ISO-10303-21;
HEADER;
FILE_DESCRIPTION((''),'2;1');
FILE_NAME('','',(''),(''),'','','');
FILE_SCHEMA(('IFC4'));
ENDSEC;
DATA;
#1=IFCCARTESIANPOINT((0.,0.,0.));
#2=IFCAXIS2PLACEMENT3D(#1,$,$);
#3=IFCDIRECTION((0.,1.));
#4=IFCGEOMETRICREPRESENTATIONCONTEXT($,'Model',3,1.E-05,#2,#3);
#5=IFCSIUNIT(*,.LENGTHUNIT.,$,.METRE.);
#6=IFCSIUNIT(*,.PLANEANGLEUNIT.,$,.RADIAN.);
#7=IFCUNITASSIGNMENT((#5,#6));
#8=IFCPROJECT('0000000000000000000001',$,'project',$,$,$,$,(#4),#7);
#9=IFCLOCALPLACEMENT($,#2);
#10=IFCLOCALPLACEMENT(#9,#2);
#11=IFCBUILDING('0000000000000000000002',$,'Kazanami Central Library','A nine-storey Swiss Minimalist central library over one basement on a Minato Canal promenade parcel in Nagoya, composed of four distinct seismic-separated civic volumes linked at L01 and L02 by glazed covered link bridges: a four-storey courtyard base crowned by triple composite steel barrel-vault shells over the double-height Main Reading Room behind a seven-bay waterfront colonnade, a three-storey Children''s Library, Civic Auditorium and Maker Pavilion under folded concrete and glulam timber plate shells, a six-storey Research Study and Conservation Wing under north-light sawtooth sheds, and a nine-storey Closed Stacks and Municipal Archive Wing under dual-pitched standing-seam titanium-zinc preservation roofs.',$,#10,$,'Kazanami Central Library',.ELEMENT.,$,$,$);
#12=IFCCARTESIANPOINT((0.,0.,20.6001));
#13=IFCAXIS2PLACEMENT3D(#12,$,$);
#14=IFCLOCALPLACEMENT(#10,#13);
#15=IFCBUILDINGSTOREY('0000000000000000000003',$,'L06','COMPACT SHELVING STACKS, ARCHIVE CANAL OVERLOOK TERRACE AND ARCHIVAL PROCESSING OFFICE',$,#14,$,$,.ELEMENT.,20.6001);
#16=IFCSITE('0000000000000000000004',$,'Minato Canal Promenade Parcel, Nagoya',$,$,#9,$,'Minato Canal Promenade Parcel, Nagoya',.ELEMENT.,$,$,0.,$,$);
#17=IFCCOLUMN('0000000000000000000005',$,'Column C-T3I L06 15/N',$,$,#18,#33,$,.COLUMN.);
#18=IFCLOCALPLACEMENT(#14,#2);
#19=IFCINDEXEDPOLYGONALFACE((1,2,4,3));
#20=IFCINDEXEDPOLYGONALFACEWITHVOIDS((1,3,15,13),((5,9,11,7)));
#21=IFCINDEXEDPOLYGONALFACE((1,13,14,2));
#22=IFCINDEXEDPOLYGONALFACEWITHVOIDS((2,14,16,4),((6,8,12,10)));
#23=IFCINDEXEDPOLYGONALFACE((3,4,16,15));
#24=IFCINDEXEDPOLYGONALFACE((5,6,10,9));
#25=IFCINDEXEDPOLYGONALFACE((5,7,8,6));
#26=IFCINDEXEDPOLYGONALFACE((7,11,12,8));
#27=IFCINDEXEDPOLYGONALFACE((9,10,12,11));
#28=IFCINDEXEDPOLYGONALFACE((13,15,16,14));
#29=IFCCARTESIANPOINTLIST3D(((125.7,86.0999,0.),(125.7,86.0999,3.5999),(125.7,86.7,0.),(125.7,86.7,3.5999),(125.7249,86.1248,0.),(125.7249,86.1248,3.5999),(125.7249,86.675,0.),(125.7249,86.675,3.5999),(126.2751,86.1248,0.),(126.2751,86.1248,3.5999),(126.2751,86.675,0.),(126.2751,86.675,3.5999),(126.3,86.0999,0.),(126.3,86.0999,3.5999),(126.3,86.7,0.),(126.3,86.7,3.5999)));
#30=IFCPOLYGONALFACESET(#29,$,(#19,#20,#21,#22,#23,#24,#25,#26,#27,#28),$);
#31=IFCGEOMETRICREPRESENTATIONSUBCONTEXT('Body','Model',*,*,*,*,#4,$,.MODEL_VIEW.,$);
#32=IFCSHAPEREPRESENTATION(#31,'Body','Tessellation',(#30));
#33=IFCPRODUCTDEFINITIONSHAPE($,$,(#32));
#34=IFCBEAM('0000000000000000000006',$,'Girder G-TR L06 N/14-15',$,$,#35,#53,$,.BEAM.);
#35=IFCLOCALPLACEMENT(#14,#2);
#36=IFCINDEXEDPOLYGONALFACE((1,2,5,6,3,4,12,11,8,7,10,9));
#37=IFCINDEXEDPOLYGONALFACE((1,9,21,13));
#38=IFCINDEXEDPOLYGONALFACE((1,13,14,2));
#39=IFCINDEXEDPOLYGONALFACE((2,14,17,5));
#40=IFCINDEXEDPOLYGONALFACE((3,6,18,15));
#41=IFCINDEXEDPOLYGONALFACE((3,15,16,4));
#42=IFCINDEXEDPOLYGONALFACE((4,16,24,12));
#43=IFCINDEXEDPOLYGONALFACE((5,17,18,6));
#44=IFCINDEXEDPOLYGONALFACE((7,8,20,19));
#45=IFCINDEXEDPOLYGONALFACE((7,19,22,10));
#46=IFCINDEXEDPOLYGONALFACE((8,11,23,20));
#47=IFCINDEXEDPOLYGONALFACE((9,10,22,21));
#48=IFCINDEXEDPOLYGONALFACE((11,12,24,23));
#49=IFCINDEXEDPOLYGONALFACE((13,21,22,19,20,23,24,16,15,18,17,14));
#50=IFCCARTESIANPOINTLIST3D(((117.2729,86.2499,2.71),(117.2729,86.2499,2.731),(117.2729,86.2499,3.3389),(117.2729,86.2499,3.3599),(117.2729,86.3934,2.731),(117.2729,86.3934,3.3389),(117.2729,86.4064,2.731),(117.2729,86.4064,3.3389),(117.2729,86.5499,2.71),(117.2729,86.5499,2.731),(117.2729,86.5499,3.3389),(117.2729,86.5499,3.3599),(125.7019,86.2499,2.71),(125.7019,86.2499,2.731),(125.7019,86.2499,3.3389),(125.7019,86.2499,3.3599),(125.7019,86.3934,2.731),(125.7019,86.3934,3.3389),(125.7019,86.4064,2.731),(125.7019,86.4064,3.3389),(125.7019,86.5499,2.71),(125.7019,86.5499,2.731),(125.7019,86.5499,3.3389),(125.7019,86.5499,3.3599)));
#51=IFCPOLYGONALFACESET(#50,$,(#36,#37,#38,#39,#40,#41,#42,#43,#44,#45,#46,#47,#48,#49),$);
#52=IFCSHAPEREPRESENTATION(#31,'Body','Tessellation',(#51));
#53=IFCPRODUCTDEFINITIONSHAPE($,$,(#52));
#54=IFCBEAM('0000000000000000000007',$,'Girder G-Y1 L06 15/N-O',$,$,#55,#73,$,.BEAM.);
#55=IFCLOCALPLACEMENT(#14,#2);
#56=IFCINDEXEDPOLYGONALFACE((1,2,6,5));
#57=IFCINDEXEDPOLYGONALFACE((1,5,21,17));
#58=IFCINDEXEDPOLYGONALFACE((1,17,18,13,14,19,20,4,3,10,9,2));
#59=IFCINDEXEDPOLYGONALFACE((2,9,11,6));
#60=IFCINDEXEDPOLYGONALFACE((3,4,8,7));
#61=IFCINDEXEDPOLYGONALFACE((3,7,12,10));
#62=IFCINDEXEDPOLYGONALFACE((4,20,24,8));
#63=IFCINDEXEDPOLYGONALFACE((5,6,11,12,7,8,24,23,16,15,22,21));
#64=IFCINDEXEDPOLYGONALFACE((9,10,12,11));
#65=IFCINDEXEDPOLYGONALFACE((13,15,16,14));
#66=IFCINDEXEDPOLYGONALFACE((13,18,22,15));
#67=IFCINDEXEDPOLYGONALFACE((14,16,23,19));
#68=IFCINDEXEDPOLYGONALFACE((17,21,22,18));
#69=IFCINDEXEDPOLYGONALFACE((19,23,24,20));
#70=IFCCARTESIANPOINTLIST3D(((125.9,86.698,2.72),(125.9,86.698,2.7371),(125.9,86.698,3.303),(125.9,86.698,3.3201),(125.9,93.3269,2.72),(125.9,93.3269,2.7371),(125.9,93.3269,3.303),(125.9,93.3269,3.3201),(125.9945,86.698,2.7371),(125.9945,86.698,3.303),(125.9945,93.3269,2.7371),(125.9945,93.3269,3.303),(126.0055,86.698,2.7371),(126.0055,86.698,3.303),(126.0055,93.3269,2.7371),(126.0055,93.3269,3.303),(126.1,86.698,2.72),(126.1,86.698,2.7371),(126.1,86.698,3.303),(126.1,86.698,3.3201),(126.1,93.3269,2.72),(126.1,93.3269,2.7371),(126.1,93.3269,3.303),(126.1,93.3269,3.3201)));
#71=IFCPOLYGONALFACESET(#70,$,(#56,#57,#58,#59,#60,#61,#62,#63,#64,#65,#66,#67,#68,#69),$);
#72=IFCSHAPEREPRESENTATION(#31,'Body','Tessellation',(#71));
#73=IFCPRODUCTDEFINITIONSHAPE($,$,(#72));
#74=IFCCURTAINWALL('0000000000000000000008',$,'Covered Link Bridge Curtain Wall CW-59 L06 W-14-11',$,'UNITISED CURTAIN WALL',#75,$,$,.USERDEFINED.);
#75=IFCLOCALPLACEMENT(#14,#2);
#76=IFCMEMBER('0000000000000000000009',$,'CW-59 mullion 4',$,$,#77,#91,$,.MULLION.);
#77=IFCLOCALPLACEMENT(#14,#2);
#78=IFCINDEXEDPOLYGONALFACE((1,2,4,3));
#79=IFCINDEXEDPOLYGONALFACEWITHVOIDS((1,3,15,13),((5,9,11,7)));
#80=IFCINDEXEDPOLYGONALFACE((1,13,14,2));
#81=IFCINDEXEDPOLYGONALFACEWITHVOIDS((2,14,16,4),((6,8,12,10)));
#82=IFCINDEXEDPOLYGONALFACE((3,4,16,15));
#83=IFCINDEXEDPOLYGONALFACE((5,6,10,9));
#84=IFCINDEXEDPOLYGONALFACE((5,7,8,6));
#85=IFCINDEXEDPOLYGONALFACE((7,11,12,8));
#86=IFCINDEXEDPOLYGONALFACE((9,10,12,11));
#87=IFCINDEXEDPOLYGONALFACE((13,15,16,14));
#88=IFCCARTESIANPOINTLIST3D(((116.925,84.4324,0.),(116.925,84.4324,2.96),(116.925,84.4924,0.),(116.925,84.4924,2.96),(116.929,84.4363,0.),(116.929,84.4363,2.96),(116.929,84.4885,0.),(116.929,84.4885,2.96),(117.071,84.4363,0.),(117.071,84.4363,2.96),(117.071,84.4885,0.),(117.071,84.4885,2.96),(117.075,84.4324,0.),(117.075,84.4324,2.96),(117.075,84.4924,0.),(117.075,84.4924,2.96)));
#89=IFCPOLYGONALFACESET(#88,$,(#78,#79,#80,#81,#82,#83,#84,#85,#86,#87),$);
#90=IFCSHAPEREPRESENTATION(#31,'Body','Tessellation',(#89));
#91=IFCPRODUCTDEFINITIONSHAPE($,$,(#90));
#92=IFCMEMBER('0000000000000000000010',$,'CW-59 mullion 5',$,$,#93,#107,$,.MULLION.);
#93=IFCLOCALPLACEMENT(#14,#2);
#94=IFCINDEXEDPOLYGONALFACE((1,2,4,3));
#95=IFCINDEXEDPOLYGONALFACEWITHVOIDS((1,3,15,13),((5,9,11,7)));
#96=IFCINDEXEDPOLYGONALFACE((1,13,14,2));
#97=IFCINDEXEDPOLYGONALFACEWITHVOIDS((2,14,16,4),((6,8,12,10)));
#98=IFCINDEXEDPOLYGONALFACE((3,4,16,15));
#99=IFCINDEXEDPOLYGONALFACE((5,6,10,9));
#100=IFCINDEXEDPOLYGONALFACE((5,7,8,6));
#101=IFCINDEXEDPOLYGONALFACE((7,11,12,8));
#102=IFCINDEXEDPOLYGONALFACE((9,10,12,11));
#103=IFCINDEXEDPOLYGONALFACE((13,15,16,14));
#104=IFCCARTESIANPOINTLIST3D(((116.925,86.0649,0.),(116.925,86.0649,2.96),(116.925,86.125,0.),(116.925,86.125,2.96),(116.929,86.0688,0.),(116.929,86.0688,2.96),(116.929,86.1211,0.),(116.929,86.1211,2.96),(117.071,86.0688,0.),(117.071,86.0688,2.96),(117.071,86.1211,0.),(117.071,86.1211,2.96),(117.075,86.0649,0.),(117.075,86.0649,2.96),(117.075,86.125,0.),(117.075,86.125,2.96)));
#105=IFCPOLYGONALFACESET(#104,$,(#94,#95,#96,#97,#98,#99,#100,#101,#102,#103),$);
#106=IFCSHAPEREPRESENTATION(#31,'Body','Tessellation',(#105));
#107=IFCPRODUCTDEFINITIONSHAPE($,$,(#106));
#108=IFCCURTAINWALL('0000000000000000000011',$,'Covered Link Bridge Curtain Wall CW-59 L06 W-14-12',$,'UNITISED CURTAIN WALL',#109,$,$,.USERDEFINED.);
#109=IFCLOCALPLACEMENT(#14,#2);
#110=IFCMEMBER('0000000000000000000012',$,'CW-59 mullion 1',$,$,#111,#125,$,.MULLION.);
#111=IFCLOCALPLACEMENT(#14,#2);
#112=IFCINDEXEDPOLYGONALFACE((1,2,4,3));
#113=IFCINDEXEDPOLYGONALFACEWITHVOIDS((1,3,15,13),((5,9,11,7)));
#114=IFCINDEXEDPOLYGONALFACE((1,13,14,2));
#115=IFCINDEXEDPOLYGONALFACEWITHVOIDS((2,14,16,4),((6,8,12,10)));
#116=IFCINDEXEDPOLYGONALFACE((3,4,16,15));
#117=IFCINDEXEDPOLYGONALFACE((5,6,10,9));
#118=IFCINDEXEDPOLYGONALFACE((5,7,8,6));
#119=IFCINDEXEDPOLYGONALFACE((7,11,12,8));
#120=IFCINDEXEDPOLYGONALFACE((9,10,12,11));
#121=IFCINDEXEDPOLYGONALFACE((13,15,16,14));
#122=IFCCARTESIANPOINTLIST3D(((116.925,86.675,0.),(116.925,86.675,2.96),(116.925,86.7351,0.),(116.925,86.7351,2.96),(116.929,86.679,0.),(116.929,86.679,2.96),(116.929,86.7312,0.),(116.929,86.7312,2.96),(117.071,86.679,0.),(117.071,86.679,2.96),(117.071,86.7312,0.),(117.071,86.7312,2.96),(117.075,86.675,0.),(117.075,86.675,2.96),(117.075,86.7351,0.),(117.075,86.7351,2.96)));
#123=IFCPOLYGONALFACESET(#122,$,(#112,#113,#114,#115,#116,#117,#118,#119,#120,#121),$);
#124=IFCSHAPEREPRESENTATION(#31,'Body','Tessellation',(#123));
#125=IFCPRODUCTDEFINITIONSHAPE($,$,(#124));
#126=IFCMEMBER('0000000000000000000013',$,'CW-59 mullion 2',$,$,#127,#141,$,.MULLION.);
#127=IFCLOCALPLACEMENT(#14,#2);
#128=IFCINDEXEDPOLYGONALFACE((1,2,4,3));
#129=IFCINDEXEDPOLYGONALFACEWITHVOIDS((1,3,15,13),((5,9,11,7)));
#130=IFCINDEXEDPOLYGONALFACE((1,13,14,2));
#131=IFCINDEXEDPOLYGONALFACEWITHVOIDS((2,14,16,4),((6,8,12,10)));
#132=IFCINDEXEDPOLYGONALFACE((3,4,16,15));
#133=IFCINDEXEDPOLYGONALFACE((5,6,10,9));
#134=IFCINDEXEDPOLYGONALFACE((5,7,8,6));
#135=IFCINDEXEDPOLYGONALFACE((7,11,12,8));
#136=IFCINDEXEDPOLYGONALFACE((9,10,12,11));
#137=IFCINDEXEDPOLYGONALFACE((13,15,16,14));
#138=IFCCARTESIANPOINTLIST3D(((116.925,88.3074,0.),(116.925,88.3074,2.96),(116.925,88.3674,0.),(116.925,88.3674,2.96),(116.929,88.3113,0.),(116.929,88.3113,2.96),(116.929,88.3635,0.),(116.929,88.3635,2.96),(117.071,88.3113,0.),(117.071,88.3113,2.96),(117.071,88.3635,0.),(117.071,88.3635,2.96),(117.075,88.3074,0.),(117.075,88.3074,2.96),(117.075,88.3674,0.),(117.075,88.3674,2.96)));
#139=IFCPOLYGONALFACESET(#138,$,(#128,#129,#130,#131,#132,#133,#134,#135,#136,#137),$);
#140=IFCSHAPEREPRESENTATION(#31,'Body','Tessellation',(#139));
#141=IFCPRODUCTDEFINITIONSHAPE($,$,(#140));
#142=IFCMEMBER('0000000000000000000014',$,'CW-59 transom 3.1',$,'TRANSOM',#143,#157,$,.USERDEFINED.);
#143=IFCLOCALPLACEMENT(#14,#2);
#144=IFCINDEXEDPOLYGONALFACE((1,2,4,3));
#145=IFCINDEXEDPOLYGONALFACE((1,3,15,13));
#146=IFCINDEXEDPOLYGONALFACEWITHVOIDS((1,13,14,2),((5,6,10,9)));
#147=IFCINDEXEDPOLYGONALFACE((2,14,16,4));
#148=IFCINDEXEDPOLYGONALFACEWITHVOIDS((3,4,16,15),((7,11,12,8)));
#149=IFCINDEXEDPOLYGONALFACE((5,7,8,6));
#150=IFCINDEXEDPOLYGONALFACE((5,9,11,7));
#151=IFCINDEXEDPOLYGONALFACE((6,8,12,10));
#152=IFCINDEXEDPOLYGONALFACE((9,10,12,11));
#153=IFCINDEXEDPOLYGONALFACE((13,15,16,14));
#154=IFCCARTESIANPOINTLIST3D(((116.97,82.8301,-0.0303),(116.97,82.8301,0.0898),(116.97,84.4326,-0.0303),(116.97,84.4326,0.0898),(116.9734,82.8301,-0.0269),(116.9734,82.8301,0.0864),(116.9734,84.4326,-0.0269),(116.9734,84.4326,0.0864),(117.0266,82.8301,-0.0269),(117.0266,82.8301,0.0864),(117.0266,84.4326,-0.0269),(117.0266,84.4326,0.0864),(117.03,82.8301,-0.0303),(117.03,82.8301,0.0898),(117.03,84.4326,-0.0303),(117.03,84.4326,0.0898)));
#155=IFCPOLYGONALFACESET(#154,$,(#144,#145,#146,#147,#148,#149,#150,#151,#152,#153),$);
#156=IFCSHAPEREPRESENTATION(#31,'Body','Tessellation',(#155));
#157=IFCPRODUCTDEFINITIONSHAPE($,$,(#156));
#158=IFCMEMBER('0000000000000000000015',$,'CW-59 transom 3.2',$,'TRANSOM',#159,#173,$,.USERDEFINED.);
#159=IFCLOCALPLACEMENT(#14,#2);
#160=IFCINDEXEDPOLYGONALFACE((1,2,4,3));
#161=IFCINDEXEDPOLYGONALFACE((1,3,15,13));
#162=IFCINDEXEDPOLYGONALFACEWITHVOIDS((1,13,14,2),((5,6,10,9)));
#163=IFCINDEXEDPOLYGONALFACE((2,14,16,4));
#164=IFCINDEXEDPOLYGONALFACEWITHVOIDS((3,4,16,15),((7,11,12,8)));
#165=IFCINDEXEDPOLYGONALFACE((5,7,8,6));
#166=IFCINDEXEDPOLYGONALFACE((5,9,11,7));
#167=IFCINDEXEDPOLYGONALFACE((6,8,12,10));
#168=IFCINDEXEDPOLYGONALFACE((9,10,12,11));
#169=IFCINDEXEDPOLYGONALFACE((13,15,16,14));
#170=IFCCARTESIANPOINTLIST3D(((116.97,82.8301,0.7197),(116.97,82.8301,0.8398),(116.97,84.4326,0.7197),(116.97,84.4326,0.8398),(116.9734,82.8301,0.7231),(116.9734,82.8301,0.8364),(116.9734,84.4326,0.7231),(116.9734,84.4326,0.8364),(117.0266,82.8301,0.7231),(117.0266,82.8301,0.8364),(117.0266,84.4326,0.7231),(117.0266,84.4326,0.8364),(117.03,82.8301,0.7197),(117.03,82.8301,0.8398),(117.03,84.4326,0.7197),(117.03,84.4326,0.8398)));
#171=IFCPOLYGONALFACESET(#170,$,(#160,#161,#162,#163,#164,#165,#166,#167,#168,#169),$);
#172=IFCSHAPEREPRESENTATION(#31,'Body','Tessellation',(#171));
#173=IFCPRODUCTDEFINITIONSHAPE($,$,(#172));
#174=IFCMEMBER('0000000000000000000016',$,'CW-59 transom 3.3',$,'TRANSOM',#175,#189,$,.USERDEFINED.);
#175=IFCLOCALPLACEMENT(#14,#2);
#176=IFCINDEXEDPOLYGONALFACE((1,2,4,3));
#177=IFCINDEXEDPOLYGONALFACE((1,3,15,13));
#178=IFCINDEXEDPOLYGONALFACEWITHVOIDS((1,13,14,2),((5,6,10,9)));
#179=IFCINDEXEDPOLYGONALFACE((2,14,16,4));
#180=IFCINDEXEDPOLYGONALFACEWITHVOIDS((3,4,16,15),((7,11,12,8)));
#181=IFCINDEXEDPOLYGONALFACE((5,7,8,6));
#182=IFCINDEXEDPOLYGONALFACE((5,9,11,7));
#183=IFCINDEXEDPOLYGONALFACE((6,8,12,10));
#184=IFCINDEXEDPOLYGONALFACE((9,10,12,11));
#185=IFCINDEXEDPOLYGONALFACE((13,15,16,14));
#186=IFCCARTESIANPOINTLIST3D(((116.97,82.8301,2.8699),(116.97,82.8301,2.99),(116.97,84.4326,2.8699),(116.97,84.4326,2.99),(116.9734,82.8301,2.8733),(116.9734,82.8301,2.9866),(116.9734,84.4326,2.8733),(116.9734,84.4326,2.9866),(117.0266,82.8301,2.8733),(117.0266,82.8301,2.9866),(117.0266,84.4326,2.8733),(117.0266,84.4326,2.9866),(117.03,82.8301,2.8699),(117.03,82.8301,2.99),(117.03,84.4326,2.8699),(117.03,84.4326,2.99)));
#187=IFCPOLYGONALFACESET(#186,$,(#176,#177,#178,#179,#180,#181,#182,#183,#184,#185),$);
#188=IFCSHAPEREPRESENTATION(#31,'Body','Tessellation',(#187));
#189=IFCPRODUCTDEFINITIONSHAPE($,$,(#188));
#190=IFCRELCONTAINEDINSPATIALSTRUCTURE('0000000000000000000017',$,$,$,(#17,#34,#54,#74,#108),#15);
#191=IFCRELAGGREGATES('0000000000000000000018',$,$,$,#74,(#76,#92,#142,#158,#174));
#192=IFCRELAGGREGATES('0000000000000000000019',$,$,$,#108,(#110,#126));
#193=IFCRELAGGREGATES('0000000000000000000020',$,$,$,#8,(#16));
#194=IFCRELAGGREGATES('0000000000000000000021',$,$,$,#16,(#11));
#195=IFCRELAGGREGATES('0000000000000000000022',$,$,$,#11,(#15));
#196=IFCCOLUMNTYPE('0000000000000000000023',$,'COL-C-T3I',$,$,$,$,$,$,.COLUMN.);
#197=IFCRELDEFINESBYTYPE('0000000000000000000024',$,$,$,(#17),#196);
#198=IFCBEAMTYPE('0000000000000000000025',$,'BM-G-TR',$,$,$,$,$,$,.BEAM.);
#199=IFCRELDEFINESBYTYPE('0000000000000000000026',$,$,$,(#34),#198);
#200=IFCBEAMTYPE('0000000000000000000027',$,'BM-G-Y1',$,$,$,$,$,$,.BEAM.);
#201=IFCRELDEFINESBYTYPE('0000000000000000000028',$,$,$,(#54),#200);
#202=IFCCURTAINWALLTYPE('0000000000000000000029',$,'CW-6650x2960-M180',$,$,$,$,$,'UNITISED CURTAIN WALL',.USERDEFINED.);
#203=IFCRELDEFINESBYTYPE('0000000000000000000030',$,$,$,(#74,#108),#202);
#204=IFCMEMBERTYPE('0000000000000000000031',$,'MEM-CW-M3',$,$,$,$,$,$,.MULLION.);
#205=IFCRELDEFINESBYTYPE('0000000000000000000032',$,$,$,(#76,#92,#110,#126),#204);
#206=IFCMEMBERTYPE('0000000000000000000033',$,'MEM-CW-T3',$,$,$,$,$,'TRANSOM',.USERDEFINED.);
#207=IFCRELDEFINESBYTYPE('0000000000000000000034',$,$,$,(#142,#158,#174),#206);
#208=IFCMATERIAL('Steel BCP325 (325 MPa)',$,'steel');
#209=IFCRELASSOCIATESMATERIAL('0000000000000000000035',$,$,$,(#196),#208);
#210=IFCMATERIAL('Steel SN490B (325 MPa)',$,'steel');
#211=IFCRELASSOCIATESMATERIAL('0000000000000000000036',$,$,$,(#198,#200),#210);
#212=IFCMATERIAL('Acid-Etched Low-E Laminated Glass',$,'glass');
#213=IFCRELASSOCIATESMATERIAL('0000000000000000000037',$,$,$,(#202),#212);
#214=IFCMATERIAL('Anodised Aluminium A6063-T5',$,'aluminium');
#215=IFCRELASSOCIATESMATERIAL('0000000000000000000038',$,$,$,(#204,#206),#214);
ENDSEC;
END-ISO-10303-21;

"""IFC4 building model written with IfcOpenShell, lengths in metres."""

from ifc_helpers import new_model, si_unit, direction, frame, origin, origin_2d, place, context, subcontext, project, spatial, hollow_rectangle, i_section, extrude, material, material_profile, profile_set, type_object, element, aggregate, save


model = new_model("IFC4")

# Units and contexts
model_context = context("Model", 3, precision=1e-05, world=origin(), true_north=direction((0.0, 1.0)))
body_context = subcontext(model_context, "Body", "Model", "MODEL_VIEW")
ifc_project = project(units=[si_unit("LENGTHUNIT", "METRE"), si_unit("PLANEANGLEUNIT", "RADIAN")], contexts=[model_context])

# Site, building, storey
site_placement = place(None, origin())
site = spatial("IfcSite", under=ifc_project, at=site_placement, Name="Minato Canal Promenade Parcel, Nagoya", LongName="Minato Canal Promenade Parcel, Nagoya", CompositionType="ELEMENT", RefElevation=0.0)
building_placement = place(site_placement, origin())
building = spatial("IfcBuilding", under=site, at=building_placement, Name="Kazanami Central Library", Description="A nine-storey Swiss Minimalist central library over one basement on a Minato Canal promenade parcel in Nagoya, composed of four distinct seismic-separated civic volumes linked at L01 and L02 by glazed covered link bridges: a four-storey courtyard base crowned by triple composite steel barrel-vault shells over the double-height Main Reading Room behind a seven-bay waterfront colonnade, a three-storey Children's Library, Civic Auditorium and Maker Pavilion under folded concrete and glulam timber plate shells, a six-storey Research Study and Conservation Wing under north-light sawtooth sheds, and a nine-storey Closed Stacks and Municipal Archive Wing under dual-pitched standing-seam titanium-zinc preservation roofs.", LongName="Kazanami Central Library", CompositionType="ELEMENT")
storey_placement = place(building_placement, frame((0.0, 0.0, 20.6001)))
storey = spatial("IfcBuildingStorey", under=building, at=storey_placement, Name="L06", Description="COMPACT SHELVING STACKS, ARCHIVE CANAL OVERLOOK TERRACE AND ARCHIVAL PROCESSING OFFICE", CompositionType="ELEMENT", Elevation=20.6001)

# Column
ifc_material_1 = material(Name="Steel BCP325 (325 MPa)", Category="steel")
ifc_material_profile_1 = material_profile(ifc_material_1, hollow_rectangle(XDim=0.6001, YDim=0.6001, WallThickness=0.0249, at=origin_2d()), Name="BCP-600x600x25")
ifc_profile_set_1 = profile_set([ifc_material_profile_1], Name="Steel BCP325 (325 MPa)")
column_type = type_object("IfcColumnType", Name="COL-C-T3I", PredefinedType="COLUMN", material=ifc_profile_set_1)
column_placement = place(storey_placement, frame((126.0, 86.3999, 0.0), z_axis=(0.0, 0.0, 1.0), x_axis=(1.0, 0.0, 0.0)))
element("IfcColumn", 1, at=column_placement, inside=storey, type_object=column_type, Name="Column C-T3I L06 15/N", PredefinedType="COLUMN", context=body_context, shape_type="SweptSolid", body=[
    extrude(hollow_rectangle(XDim=0.6001, YDim=0.6001, WallThickness=0.0249, at=origin_2d()), origin(), (0.0, 0.0, 1.0), 3.5999),
])

# Beams
ifc_material_2 = material(Name="Steel SN490B (325 MPa)", Category="steel")
ifc_material_profile_2 = material_profile(ifc_material_2, i_section(OverallWidth=0.3, OverallDepth=0.6499, WebThickness=0.0129, FlangeThickness=0.021, at=origin_2d()), Name="H-650x300x13x21")
ifc_profile_set_2 = profile_set([ifc_material_profile_2], Name="Steel SN490B (325 MPa)")
beam_type_1 = type_object("IfcBeamType", Name="BM-G-TR", PredefinedType="BEAM", material=ifc_profile_set_2)
beam_1_placement = place(storey_placement, frame((117.2729, 86.3999, 3.0349), z_axis=(1.0, 0.0, 0.0), x_axis=(0.0, 1.0, 0.0)))
element("IfcBeam", 2, at=beam_1_placement, inside=storey, type_object=beam_type_1, Name="Girder G-TR L06 N/14-15", PredefinedType="BEAM", context=body_context, shape_type="SweptSolid", body=[
    extrude(i_section(OverallWidth=0.3, OverallDepth=0.6499, WebThickness=0.0129, FlangeThickness=0.021, at=origin_2d()), origin(), (0.0, 0.0, 1.0), 8.429),
])
ifc_material_profile_3 = material_profile(ifc_material_2, i_section(OverallWidth=0.2, OverallDepth=0.6001, WebThickness=0.011, FlangeThickness=0.0171, at=origin_2d()), Name="H-600x200x11x17")
ifc_profile_set_3 = profile_set([ifc_material_profile_3], Name="Steel SN490B (325 MPa)")
beam_type_2 = type_object("IfcBeamType", Name="BM-G-Y1", PredefinedType="BEAM", material=ifc_profile_set_3)
beam_2_placement = place(storey_placement, frame((126.0, 86.698, 3.02), z_axis=(0.0, 1.0, 0.0), x_axis=(-1.0, 0.0, 0.0)))
element("IfcBeam", 3, at=beam_2_placement, inside=storey, type_object=beam_type_2, Name="Girder G-Y1 L06 15/N-O", PredefinedType="BEAM", context=body_context, shape_type="SweptSolid", body=[
    extrude(i_section(OverallWidth=0.2, OverallDepth=0.6001, WebThickness=0.011, FlangeThickness=0.0171, at=origin_2d()), origin(), (0.0, 0.0, 1.0), 6.6289),
])

# Curtain walls, members
ifc_material_3 = material(Name="Acid-Etched Low-E Laminated Glass", Category="glass")
curtain_wall_type = type_object("IfcCurtainWallType", Name="CW-6650x2960-M180", ElementType="UNITISED CURTAIN WALL", PredefinedType="USERDEFINED", material=ifc_material_3)
curtain_wall_1_placement = place(storey_placement, origin())
curtain_wall_1 = element("IfcCurtainWall", 4, at=curtain_wall_1_placement, inside=storey, type_object=curtain_wall_type, Name="Covered Link Bridge Curtain Wall CW-59 L06 W-14-11", ObjectType="UNITISED CURTAIN WALL", PredefinedType="USERDEFINED")
ifc_material_4 = material(Name="Anodised Aluminium A6063-T5", Category="aluminium")
ifc_material_profile_4 = material_profile(ifc_material_4, hollow_rectangle(XDim=0.0601, YDim=0.1499, WallThickness=0.0039, at=origin_2d()), Name="ALU-MULL-60x150x4")
ifc_profile_set_4 = profile_set([ifc_material_profile_4], Name="Anodised Aluminium A6063-T5")
member_type_1 = type_object("IfcMemberType", Name="MEM-CW-M3", PredefinedType="MULLION", material=ifc_profile_set_4)
member_1_placement = place(storey_placement, frame((117.0, 84.4624, 0.0), z_axis=(0.0, 0.0, 1.0), x_axis=(0.0, 1.0, 0.0)))
member_1 = element("IfcMember", 5, at=member_1_placement, type_object=member_type_1, Name="CW-59 mullion 4", PredefinedType="MULLION", context=body_context, shape_type="SweptSolid", body=[
    extrude(hollow_rectangle(XDim=0.0601, YDim=0.1499, WallThickness=0.0039, at=origin_2d()), origin(), (0.0, 0.0, 1.0), 2.96),
])
member_2_placement = place(storey_placement, frame((117.0, 86.095, 0.0), z_axis=(0.0, 0.0, 1.0), x_axis=(0.0, 1.0, 0.0)))
member_2 = element("IfcMember", 6, at=member_2_placement, type_object=member_type_1, Name="CW-59 mullion 5", PredefinedType="MULLION", context=body_context, shape_type="SweptSolid", body=[
    extrude(hollow_rectangle(XDim=0.0601, YDim=0.1499, WallThickness=0.0039, at=origin_2d()), origin(), (0.0, 0.0, 1.0), 2.96),
])
curtain_wall_2_placement = place(storey_placement, origin())
curtain_wall_2 = element("IfcCurtainWall", 7, at=curtain_wall_2_placement, inside=storey, type_object=curtain_wall_type, Name="Covered Link Bridge Curtain Wall CW-59 L06 W-14-12", ObjectType="UNITISED CURTAIN WALL", PredefinedType="USERDEFINED")
member_3_placement = place(storey_placement, frame((117.0, 86.7051, 0.0), z_axis=(0.0, 0.0, 1.0), x_axis=(0.0, 1.0, 0.0)))
member_3 = element("IfcMember", 8, at=member_3_placement, type_object=member_type_1, Name="CW-59 mullion 1", PredefinedType="MULLION", context=body_context, shape_type="SweptSolid", body=[
    extrude(hollow_rectangle(XDim=0.0601, YDim=0.1499, WallThickness=0.0039, at=origin_2d()), origin(), (0.0, 0.0, 1.0), 2.96),
])
member_4_placement = place(storey_placement, frame((117.0, 88.3374, 0.0), z_axis=(0.0, 0.0, 1.0), x_axis=(0.0, 1.0, 0.0)))
member_4 = element("IfcMember", 9, at=member_4_placement, type_object=member_type_1, Name="CW-59 mullion 2", PredefinedType="MULLION", context=body_context, shape_type="SweptSolid", body=[
    extrude(hollow_rectangle(XDim=0.0601, YDim=0.1499, WallThickness=0.0039, at=origin_2d()), origin(), (0.0, 0.0, 1.0), 2.96),
])

# Members
ifc_material_profile_5 = material_profile(ifc_material_4, hollow_rectangle(XDim=0.0601, YDim=0.1201, WallThickness=0.0034, at=origin_2d()), Name="ALU-TRAN-60x120x3.5")
ifc_profile_set_5 = profile_set([ifc_material_profile_5], Name="Anodised Aluminium A6063-T5")
member_type_2 = type_object("IfcMemberType", Name="MEM-CW-T3", ElementType="TRANSOM", PredefinedType="USERDEFINED", material=ifc_profile_set_5)
member_5_placement = place(storey_placement, frame((117.0, 82.8301, 0.0298), z_axis=(0.0, 1.0, 0.0), x_axis=(-1.0, 0.0, 0.0)))
member_5 = element("IfcMember", 10, at=member_5_placement, type_object=member_type_2, Name="CW-59 transom 3.1", ObjectType="TRANSOM", PredefinedType="USERDEFINED", context=body_context, shape_type="SweptSolid", body=[
    extrude(hollow_rectangle(XDim=0.0601, YDim=0.1201, WallThickness=0.0034, at=origin_2d()), origin(), (0.0, 0.0, 1.0), 1.6025),
])
member_6_placement = place(storey_placement, frame((117.0, 82.8301, 0.7798), z_axis=(0.0, 1.0, 0.0), x_axis=(-1.0, 0.0, 0.0)))
member_6 = element("IfcMember", 11, at=member_6_placement, type_object=member_type_2, Name="CW-59 transom 3.2", ObjectType="TRANSOM", PredefinedType="USERDEFINED", context=body_context, shape_type="SweptSolid", body=[
    extrude(hollow_rectangle(XDim=0.0601, YDim=0.1201, WallThickness=0.0034, at=origin_2d()), origin(), (0.0, 0.0, 1.0), 1.6025),
])
member_7_placement = place(storey_placement, frame((117.0, 82.8301, 2.9299), z_axis=(0.0, 1.0, 0.0), x_axis=(-1.0, 0.0, 0.0)))
member_7 = element("IfcMember", 12, at=member_7_placement, type_object=member_type_2, Name="CW-59 transom 3.3", ObjectType="TRANSOM", PredefinedType="USERDEFINED", context=body_context, shape_type="SweptSolid", body=[
    extrude(hollow_rectangle(XDim=0.0601, YDim=0.1201, WallThickness=0.0034, at=origin_2d()), origin(), (0.0, 0.0, 1.0), 1.6025),
])

aggregate(curtain_wall_1, [member_1, member_2, member_5, member_6, member_7])
aggregate(curtain_wall_2, [member_3, member_4])

save(model, "model.ifc")
